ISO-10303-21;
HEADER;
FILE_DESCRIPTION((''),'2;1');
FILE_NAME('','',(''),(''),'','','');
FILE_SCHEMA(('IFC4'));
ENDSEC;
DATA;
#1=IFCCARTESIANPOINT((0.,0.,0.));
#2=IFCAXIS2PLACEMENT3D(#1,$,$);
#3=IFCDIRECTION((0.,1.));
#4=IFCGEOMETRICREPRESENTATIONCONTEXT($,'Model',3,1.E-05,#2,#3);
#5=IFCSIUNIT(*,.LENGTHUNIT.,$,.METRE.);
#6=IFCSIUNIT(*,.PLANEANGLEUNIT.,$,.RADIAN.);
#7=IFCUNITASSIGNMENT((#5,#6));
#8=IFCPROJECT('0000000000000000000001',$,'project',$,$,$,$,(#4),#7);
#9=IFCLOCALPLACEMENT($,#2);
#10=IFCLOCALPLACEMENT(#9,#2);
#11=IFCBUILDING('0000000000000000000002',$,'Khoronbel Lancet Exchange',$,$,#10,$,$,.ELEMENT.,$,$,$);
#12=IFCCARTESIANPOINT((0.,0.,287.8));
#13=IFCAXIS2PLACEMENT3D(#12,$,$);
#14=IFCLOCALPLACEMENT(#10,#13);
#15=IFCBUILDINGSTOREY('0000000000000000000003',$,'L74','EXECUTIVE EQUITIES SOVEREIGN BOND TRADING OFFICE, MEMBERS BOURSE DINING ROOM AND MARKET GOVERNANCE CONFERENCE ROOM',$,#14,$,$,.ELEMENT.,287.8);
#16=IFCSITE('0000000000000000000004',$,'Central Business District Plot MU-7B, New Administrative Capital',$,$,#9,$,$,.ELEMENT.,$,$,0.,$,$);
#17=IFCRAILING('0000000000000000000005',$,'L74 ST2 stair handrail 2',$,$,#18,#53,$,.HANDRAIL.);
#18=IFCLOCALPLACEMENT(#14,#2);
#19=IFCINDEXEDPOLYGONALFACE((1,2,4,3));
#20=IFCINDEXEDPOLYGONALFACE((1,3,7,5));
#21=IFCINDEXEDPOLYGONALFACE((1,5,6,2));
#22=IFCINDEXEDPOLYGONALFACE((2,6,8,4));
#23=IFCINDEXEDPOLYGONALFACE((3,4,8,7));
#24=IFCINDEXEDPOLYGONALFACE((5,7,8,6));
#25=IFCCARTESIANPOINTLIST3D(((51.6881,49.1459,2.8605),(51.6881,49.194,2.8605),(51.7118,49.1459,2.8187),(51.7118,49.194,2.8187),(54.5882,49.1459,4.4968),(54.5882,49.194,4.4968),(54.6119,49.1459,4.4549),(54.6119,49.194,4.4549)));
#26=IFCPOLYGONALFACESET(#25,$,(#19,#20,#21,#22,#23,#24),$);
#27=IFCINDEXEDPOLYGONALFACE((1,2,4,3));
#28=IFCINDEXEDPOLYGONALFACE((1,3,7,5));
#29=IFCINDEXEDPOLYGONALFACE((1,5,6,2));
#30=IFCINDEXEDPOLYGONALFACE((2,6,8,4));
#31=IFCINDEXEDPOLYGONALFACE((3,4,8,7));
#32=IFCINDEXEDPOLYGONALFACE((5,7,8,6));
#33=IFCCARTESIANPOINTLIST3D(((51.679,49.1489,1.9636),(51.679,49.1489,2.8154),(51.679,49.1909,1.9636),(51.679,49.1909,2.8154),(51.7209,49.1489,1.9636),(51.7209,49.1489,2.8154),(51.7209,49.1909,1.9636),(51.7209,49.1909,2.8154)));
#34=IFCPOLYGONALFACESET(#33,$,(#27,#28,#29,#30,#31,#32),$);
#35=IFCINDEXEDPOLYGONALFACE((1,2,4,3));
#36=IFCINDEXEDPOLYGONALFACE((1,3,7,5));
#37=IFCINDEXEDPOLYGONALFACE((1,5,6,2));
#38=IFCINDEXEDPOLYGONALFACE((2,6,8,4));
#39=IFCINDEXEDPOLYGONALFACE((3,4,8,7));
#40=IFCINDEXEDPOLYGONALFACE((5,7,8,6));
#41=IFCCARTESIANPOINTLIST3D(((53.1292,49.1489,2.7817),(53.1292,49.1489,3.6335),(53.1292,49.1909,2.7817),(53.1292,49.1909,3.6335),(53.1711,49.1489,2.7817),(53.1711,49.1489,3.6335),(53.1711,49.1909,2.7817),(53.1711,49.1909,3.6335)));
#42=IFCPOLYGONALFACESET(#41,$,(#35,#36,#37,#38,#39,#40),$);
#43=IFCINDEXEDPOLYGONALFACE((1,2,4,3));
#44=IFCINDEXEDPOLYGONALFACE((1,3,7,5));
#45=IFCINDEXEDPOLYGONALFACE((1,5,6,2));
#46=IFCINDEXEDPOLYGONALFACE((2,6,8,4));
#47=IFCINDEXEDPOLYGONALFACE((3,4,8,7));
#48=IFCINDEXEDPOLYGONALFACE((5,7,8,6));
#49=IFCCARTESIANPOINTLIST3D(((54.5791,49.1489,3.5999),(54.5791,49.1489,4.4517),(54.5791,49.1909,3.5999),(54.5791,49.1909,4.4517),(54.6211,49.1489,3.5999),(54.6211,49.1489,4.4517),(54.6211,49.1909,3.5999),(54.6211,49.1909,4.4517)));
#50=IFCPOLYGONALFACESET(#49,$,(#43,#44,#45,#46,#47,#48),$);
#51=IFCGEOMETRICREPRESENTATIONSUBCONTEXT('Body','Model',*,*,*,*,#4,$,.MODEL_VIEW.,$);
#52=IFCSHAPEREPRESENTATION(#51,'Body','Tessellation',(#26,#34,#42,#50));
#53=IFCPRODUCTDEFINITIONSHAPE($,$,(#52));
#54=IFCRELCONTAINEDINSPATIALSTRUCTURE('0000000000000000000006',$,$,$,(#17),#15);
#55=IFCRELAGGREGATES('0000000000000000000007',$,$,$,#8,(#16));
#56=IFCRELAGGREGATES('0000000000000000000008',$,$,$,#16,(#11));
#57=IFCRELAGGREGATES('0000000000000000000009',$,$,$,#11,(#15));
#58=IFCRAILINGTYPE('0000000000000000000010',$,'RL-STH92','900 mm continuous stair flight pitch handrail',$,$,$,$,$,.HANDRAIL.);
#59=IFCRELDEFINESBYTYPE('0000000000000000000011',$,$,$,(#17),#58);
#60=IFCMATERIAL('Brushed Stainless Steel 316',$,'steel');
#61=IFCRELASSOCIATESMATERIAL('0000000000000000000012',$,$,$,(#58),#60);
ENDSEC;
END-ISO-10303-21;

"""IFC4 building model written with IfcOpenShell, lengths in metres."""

from ifc_helpers import new_model, si_unit, direction, frame, origin, origin_2d, place, context, subcontext, project, spatial, rectangle, extrude, material, type_object, element, save


model = new_model("IFC4")

# Units and contexts
model_context = context("Model", 3, precision=1e-05, world=origin(), true_north=direction((0.0, 1.0)))
body_context = subcontext(model_context, "Body", "Model", "MODEL_VIEW")
ifc_project = project(units=[si_unit("LENGTHUNIT", "METRE"), si_unit("PLANEANGLEUNIT", "RADIAN")], contexts=[model_context])

# Site, building, storey
site_placement = place(None, origin())
site = spatial("IfcSite", under=ifc_project, at=site_placement, Name="Central Business District Plot MU-7B, New Administrative Capital", CompositionType="ELEMENT", RefElevation=0.0)
building_placement = place(site_placement, origin())
building = spatial("IfcBuilding", under=site, at=building_placement, Name="Khoronbel Lancet Exchange", CompositionType="ELEMENT")
storey_placement = place(building_placement, frame((0.0, 0.0, 287.8)))
storey = spatial("IfcBuildingStorey", under=building, at=storey_placement, Name="L74", Description="EXECUTIVE EQUITIES SOVEREIGN BOND TRADING OFFICE, MEMBERS BOURSE DINING ROOM AND MARKET GOVERNANCE CONFERENCE ROOM", CompositionType="ELEMENT", Elevation=287.8)

# Railing
ifc_material_1 = material(Name="Brushed Stainless Steel 316", Category="steel")
railing_type_1 = type_object("IfcRailingType", Name="RL-STH92", Description="900 mm continuous stair flight pitch handrail", PredefinedType="HANDRAIL", material=ifc_material_1)
railing_1_placement = place(storey_placement, frame((51.7, 49.1699, 1.9636)))
element("IfcRailing", 1, at=railing_1_placement, inside=storey, type_object=railing_type_1, Name="L74 ST2 stair handrail 2", PredefinedType="HANDRAIL", context=body_context, shape_type="SweptSolid", body=[
    extrude(rectangle(XDim=0.0481, YDim=0.0481, at=origin_2d()), frame((0.0, 0.0, 0.876), z_axis=(0.870946, 0.0, 0.491378), x_axis=(0.0, 1.0, 0.0)), (0.0, 0.0, 1.0), 3.3298),
    extrude(rectangle(XDim=0.042, YDim=0.042, at=origin_2d()), origin(), (0.0, 0.0, 1.0), 0.8518),
    extrude(rectangle(XDim=0.042, YDim=0.042, at=origin_2d()), frame((1.4502, 0.0, 0.8181)), (0.0, 0.0, 1.0), 0.8518),
    extrude(rectangle(XDim=0.042, YDim=0.042, at=origin_2d()), frame((2.9001, 0.0, 1.6362)), (0.0, 0.0, 1.0), 0.8518),
])

save(model, "model.ifc")
